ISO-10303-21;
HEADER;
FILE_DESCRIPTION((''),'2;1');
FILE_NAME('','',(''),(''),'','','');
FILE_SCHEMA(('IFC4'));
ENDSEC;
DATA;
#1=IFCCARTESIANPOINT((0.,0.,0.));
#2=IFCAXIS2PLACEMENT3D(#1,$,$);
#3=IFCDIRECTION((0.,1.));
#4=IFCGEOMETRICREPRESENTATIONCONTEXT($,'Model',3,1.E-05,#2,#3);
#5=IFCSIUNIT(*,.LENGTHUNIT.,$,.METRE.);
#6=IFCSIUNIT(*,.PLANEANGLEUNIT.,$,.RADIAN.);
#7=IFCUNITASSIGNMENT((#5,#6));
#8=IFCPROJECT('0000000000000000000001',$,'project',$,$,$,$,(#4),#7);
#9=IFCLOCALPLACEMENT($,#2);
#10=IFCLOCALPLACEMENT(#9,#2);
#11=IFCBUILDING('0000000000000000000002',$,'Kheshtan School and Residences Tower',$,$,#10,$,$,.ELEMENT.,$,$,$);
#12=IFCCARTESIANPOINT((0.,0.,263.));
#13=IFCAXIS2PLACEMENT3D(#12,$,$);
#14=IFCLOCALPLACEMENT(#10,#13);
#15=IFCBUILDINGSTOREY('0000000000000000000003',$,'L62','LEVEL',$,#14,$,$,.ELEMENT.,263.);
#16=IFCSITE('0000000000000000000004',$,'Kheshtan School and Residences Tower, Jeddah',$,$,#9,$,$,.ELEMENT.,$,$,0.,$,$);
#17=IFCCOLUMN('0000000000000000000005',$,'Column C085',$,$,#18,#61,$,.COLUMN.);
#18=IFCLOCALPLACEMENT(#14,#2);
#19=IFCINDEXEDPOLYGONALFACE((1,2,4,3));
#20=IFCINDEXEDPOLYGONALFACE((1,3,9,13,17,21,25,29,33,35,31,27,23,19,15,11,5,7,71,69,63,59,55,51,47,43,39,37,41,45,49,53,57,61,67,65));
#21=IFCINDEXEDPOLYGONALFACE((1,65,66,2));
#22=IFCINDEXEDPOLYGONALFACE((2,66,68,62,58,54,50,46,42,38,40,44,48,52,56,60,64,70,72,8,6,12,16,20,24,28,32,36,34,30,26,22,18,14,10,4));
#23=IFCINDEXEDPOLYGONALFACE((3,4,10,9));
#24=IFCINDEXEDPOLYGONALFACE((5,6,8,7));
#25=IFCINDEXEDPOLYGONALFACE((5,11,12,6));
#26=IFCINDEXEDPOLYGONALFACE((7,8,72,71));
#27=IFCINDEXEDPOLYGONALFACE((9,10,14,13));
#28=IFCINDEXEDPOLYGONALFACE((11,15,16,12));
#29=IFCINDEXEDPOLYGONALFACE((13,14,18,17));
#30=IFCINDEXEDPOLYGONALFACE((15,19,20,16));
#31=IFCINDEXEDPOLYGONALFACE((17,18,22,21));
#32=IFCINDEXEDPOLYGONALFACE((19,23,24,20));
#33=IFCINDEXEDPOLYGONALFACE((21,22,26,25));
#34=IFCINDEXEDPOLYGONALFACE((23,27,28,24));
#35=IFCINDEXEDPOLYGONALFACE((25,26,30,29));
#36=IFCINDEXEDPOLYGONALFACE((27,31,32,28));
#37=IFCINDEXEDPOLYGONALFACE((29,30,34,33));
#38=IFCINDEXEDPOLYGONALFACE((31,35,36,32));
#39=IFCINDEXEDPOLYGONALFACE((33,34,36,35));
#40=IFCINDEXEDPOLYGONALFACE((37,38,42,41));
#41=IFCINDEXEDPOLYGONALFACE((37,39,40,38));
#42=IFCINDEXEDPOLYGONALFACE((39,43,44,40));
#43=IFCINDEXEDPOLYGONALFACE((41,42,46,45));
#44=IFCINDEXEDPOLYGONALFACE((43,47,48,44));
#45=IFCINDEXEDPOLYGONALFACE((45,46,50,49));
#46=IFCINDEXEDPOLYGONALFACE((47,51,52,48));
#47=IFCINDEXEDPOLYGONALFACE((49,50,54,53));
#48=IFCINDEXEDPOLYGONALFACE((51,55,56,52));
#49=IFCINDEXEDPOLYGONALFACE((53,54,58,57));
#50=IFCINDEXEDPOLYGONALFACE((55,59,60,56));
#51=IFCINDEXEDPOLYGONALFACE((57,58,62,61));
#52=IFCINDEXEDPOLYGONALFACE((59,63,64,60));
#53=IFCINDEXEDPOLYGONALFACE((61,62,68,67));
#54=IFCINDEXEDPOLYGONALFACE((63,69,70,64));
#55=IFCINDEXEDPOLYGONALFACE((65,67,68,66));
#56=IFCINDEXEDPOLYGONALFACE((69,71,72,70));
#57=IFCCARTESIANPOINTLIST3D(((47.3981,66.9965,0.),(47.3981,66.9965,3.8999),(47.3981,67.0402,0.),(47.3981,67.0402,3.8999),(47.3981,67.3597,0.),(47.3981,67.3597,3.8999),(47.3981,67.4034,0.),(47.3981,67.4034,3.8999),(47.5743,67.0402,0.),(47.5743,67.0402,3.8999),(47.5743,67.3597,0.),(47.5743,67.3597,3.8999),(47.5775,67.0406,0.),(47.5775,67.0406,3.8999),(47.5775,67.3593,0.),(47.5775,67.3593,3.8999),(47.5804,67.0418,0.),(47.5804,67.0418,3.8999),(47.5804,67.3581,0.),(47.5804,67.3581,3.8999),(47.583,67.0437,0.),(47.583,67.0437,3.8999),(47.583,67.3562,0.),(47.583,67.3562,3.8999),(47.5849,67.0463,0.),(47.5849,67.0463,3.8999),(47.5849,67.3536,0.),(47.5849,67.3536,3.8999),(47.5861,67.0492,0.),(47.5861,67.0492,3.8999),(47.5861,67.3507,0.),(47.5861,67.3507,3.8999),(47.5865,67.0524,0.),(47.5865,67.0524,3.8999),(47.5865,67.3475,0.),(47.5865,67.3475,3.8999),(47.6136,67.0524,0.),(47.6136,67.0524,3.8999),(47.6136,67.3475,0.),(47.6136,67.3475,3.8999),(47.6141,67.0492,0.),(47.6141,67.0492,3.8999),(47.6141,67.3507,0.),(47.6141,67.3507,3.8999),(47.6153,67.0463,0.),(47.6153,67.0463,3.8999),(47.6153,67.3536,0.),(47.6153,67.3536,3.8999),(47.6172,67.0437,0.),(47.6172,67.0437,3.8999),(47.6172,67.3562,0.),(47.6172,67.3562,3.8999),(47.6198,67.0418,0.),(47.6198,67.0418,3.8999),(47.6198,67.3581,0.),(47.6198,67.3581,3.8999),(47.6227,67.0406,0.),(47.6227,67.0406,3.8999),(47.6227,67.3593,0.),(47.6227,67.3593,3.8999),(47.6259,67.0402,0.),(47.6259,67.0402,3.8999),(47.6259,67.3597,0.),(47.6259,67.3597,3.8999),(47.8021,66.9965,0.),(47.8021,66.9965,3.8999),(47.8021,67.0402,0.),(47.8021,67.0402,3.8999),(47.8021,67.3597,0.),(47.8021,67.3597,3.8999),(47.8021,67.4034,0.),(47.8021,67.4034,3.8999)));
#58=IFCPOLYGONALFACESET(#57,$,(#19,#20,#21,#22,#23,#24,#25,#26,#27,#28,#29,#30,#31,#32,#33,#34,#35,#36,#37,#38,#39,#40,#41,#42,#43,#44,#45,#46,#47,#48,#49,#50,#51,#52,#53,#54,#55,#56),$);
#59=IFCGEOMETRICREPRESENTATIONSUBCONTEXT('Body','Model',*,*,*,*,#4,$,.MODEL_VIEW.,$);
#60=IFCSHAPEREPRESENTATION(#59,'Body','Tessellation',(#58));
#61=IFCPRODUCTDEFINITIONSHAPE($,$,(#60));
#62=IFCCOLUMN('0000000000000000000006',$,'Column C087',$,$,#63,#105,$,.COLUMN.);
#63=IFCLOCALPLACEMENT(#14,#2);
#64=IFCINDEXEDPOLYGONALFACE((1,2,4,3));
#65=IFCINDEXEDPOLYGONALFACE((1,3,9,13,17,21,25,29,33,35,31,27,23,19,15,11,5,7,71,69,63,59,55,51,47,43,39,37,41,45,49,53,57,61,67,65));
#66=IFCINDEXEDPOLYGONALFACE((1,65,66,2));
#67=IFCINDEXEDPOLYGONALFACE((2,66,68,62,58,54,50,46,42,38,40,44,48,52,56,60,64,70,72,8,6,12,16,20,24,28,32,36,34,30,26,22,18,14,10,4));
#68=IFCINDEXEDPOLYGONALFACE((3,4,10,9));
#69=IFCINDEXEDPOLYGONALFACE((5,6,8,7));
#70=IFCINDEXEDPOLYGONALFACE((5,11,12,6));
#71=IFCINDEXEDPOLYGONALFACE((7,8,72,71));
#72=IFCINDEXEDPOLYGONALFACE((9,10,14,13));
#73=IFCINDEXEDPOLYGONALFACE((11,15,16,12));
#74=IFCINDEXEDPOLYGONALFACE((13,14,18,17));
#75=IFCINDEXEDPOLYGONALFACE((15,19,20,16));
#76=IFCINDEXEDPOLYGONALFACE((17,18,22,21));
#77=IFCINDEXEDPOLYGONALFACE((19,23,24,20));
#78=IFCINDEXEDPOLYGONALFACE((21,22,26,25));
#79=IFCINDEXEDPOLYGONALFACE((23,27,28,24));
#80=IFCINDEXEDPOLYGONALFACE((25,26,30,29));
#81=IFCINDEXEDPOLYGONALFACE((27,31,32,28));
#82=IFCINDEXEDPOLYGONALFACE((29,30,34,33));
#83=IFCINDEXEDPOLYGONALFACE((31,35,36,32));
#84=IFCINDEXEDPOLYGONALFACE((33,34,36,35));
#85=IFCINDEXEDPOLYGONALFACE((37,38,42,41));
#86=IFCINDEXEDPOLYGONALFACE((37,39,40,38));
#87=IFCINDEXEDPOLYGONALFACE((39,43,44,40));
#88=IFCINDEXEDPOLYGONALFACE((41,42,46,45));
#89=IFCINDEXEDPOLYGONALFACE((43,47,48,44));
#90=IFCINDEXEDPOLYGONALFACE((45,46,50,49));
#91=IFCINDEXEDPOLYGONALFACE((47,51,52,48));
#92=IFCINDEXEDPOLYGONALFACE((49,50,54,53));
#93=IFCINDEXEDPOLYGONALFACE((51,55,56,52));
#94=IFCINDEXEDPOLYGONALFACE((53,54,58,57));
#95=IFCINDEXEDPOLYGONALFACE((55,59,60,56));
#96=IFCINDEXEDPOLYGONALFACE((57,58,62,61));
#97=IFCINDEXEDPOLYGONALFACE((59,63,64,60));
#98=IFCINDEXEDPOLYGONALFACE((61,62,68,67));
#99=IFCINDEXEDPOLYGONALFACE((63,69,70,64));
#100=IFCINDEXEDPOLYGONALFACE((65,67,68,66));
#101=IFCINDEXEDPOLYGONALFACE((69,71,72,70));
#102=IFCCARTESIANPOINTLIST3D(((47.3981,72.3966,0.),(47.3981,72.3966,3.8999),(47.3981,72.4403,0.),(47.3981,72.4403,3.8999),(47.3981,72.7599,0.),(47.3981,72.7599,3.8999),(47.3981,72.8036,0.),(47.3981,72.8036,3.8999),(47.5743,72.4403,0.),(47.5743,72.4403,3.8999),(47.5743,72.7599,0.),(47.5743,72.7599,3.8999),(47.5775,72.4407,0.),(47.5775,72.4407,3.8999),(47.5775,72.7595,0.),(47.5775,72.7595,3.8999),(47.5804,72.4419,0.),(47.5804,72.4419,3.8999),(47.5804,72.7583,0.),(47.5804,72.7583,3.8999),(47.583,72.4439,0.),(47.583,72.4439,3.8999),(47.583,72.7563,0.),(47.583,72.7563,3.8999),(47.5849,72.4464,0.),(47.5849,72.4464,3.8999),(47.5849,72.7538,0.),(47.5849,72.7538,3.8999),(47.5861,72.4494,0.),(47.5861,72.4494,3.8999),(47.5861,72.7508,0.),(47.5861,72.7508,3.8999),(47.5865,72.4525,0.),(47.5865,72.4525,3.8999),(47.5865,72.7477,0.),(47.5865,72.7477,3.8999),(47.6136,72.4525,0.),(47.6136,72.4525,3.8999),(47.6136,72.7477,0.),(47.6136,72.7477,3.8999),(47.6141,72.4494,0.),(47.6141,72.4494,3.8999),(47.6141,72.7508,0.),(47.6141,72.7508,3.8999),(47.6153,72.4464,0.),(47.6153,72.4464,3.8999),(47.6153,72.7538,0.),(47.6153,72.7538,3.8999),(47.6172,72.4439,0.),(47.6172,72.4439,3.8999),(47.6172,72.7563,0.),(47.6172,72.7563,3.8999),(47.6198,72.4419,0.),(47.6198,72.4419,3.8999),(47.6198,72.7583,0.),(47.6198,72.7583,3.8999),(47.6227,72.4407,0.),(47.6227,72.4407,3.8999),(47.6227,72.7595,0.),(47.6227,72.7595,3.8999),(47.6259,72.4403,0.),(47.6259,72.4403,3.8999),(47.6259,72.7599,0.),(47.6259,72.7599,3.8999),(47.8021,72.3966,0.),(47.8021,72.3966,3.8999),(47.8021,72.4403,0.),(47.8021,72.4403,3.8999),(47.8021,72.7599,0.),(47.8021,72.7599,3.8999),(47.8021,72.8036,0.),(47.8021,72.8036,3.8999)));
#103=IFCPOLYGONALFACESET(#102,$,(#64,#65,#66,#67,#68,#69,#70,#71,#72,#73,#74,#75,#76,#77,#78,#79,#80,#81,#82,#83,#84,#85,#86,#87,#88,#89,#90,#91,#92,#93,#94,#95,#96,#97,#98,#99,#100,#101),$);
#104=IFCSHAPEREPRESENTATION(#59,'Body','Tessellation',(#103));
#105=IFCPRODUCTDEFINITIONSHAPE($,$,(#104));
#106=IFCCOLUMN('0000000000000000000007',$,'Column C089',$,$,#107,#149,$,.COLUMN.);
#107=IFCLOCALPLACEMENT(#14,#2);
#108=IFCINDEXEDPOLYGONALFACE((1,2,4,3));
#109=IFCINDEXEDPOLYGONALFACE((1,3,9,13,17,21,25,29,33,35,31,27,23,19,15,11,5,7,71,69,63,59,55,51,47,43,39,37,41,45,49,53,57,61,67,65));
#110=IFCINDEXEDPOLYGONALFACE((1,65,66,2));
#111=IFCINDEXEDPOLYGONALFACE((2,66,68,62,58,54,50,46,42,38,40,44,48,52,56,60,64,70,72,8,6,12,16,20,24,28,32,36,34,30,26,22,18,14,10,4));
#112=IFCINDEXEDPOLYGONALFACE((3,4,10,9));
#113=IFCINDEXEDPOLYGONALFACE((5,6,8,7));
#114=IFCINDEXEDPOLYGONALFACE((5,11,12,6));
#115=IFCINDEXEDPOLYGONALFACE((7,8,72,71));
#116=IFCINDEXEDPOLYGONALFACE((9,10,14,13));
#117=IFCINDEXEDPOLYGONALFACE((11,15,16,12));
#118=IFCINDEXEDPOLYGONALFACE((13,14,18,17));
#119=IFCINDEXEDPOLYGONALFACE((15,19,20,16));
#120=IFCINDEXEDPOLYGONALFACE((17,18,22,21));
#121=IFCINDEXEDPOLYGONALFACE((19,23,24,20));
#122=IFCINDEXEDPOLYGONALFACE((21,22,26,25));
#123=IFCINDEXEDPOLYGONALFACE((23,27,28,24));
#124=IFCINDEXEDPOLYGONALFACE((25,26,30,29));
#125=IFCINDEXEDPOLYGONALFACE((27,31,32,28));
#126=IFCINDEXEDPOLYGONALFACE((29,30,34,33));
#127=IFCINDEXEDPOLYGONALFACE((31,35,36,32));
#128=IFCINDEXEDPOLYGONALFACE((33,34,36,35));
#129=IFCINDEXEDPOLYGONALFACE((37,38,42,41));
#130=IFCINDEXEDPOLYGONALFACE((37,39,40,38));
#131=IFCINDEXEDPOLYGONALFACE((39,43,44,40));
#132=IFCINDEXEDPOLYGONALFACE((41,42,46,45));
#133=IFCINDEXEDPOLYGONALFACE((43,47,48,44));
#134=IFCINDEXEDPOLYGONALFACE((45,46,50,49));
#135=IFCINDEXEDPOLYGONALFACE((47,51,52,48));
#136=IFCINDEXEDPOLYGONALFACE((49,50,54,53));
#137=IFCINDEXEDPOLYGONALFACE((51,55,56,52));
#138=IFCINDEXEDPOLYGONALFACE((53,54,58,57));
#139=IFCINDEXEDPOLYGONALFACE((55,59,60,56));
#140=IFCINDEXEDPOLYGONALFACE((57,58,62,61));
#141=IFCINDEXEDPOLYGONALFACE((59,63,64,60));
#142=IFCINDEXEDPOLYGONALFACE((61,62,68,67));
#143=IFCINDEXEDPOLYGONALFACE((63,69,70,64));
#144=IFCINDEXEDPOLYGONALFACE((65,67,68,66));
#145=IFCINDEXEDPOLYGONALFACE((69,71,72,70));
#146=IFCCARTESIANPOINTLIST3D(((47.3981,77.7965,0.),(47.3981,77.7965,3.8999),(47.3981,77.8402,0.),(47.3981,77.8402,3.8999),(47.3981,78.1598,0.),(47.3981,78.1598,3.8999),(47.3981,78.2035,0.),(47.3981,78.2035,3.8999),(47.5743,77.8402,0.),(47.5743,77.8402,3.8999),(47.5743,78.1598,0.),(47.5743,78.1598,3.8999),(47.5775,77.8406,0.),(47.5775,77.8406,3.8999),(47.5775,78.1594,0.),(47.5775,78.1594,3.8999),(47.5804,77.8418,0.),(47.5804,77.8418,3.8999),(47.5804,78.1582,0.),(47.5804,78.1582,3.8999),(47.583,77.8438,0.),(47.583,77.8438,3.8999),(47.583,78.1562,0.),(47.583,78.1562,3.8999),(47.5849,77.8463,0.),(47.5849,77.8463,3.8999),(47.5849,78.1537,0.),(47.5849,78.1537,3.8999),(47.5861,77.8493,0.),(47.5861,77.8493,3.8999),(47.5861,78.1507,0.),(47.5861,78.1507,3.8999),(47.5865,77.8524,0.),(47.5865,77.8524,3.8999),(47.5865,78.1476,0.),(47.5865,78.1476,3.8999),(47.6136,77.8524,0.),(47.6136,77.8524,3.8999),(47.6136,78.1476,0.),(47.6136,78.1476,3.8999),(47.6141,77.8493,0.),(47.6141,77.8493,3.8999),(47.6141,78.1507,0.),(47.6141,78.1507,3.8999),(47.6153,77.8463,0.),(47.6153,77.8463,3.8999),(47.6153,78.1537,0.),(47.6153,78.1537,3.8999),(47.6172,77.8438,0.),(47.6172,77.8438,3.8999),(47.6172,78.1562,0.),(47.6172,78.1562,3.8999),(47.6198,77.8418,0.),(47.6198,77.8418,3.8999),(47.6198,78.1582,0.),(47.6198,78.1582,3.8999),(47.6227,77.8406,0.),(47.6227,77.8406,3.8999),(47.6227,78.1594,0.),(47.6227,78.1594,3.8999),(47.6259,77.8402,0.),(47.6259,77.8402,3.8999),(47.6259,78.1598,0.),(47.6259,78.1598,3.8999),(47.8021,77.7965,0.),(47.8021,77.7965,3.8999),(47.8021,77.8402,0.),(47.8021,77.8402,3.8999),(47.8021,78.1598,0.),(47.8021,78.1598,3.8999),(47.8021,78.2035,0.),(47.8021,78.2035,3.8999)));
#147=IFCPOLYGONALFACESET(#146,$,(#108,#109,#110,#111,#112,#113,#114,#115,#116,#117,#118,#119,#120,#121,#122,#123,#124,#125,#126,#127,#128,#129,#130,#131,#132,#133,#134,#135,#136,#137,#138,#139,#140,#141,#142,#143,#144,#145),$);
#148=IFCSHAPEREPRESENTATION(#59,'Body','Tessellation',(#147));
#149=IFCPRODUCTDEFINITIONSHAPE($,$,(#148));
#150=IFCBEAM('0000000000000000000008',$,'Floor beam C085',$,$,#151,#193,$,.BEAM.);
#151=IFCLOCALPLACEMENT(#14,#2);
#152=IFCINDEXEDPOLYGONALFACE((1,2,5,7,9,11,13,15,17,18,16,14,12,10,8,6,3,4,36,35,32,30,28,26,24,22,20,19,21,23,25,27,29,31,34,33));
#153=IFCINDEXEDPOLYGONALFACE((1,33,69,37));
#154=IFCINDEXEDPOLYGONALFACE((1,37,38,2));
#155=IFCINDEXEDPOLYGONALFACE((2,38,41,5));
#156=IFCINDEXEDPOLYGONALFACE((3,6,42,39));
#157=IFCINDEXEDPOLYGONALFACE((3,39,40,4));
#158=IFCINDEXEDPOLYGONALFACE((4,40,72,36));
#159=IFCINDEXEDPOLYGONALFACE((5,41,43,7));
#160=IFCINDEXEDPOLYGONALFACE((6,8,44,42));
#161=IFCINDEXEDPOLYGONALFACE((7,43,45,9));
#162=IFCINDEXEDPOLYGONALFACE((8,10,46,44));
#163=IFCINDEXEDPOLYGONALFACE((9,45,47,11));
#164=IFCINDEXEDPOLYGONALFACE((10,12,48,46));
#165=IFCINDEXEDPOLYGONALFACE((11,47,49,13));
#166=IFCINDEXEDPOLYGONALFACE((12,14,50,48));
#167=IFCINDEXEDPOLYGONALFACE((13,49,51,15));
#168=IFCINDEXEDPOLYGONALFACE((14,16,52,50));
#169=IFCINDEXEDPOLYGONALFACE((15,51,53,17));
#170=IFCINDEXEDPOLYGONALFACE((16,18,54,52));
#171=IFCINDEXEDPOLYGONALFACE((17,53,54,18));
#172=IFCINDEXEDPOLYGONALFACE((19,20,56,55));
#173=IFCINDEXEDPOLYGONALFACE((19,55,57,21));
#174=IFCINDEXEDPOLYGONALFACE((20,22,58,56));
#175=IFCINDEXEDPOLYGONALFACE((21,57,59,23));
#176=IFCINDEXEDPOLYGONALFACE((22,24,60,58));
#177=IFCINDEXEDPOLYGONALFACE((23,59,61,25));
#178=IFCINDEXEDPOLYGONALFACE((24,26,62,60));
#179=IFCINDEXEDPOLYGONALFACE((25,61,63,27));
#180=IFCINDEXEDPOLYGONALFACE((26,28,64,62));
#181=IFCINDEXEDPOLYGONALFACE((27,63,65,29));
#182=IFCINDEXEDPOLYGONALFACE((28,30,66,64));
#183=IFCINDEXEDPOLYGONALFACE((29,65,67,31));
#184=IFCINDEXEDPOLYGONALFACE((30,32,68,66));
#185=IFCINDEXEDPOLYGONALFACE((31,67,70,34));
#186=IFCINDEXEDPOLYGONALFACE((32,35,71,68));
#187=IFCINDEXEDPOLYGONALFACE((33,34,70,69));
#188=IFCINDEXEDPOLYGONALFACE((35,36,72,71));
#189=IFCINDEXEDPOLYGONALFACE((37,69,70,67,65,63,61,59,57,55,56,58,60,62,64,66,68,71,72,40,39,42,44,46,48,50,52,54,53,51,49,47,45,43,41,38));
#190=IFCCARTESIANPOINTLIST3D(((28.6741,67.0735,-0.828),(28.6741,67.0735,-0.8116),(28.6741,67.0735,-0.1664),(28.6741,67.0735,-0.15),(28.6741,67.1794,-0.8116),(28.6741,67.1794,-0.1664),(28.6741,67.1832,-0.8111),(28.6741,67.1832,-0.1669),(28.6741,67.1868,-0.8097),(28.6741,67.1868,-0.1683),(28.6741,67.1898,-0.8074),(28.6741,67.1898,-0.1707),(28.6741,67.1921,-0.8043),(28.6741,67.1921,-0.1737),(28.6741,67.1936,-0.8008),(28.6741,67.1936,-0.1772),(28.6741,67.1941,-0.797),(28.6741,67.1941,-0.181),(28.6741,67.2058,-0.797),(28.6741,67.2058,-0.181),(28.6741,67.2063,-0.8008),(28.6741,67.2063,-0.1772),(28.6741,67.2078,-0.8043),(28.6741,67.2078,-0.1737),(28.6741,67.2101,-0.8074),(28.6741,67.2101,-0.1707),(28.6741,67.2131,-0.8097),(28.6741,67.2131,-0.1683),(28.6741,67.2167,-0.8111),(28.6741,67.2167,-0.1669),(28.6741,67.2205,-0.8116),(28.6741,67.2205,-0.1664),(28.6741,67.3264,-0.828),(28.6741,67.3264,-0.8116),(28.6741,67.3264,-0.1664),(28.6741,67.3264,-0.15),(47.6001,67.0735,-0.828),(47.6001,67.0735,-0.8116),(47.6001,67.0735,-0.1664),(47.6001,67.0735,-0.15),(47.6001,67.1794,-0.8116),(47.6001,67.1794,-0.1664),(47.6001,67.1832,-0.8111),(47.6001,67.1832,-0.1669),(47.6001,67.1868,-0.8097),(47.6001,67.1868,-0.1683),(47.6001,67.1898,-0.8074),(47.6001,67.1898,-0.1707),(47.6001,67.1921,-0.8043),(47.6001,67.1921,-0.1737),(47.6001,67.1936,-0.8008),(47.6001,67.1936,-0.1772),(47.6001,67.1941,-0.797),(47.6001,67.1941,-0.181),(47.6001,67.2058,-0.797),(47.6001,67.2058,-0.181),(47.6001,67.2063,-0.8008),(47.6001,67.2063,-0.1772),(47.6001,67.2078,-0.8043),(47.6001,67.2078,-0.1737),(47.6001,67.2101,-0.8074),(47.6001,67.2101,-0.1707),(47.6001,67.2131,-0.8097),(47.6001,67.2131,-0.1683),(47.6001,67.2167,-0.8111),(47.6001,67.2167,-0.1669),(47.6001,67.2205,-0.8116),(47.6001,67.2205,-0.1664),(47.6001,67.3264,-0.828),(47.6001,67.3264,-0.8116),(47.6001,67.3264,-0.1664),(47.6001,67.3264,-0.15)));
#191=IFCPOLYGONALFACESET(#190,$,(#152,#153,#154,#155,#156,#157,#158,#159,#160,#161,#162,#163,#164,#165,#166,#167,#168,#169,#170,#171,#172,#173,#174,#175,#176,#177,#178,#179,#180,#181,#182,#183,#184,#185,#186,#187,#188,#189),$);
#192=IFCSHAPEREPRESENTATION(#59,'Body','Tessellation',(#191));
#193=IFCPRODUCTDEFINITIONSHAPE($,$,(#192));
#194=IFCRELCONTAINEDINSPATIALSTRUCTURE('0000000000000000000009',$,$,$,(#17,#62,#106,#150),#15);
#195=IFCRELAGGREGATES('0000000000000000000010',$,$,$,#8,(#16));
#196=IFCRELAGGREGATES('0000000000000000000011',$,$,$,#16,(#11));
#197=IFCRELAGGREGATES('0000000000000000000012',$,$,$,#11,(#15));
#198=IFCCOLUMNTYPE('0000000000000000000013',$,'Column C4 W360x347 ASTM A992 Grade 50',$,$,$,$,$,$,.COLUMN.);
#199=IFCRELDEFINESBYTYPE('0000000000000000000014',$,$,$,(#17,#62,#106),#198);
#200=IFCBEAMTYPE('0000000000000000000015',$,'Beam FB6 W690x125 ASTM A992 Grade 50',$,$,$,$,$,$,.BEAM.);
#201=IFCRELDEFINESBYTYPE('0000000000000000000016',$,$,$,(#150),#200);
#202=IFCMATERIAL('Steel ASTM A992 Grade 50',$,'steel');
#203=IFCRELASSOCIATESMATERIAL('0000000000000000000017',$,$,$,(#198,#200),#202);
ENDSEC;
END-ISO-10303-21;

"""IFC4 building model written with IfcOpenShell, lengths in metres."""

from ifc_helpers import new_model, si_unit, direction, frame, origin, origin_2d, place, context, subcontext, project, spatial, i_section, extrude, material, material_profile, profile_set, type_object, element, save


model = new_model("IFC4")

# Units and contexts
model_context = context("Model", 3, precision=1e-05, world=origin(), true_north=direction((0.0, 1.0)))
body_context = subcontext(model_context, "Body", "Model", "MODEL_VIEW")
ifc_project = project(units=[si_unit("LENGTHUNIT", "METRE"), si_unit("PLANEANGLEUNIT", "RADIAN")], contexts=[model_context])

# Site, building, storey
site_placement = place(None, origin())
site = spatial("IfcSite", under=ifc_project, at=site_placement, Name="Kheshtan School and Residences Tower, Jeddah", CompositionType="ELEMENT", RefElevation=0.0)
building_placement = place(site_placement, origin())
building = spatial("IfcBuilding", under=site, at=building_placement, Name="Kheshtan School and Residences Tower", CompositionType="ELEMENT")
storey_placement = place(building_placement, frame((0.0, 0.0, 263.0)))
storey = spatial("IfcBuildingStorey", under=building, at=storey_placement, Name="L62", Description="LEVEL", CompositionType="ELEMENT", Elevation=263.0)

# Columns
ifc_material_1 = material(Name="Steel ASTM A992 Grade 50", Category="steel")
ifc_material_profile_1 = material_profile(ifc_material_1, i_section(OverallWidth=0.4041, OverallDepth=0.407, WebThickness=0.0271, FlangeThickness=0.0437, FilletRadius=0.0122, at=origin_2d()), Name="W360x347")
ifc_profile_set_1 = profile_set([ifc_material_profile_1], Name="Steel ASTM A992 Grade 50")
column_type = type_object("IfcColumnType", Name="Column C4 W360x347 ASTM A992 Grade 50", PredefinedType="COLUMN", material=ifc_profile_set_1)
for number, where, z_axis, x_axis, name in (
    (1, (47.6001, 67.2, 0.0), (0.0, 0.0, 1.0), (1.0, 0.0, 0.0), "Column C085"),
    (2, (47.6001, 72.6001, 0.0), (0.0, 0.0, 1.0), (1.0, 0.0, 0.0), "Column C087"),
    (3, (47.6001, 78.0, 0.0), (0.0, 0.0, 1.0), (1.0, 0.0, 0.0), "Column C089"),
):
    element("IfcColumn", number, at=place(storey_placement, frame(where, z_axis=z_axis, x_axis=x_axis)), inside=storey, type_object=column_type, Name=name, PredefinedType="COLUMN", context=body_context, shape_type="SweptSolid", body=[
        extrude(i_section(OverallWidth=0.4041, OverallDepth=0.407, WebThickness=0.0271, FlangeThickness=0.0437, FilletRadius=0.0122, at=origin_2d()), origin(), (0.0, 0.0, 1.0), 3.8999),
    ])

# Beam
ifc_material_profile_2 = material_profile(ifc_material_1, i_section(OverallWidth=0.2529, OverallDepth=0.678, WebThickness=0.0117, FlangeThickness=0.0164, FilletRadius=0.0146, at=origin_2d()), Name="W690x125")
ifc_profile_set_2 = profile_set([ifc_material_profile_2], Name="Steel ASTM A992 Grade 50")
beam_type_1 = type_object("IfcBeamType", Name="Beam FB6 W690x125 ASTM A992 Grade 50", PredefinedType="BEAM", material=ifc_profile_set_2)
beam_1_placement = place(storey_placement, frame((47.6001, 67.2, -0.489), z_axis=(-1.0, 0.0, 0.0), x_axis=(0.0, -1.0, 0.0)))
element("IfcBeam", 4, at=beam_1_placement, inside=storey, type_object=beam_type_1, Name="Floor beam C085", PredefinedType="BEAM", context=body_context, shape_type="SweptSolid", body=[
    extrude(i_section(OverallWidth=0.2529, OverallDepth=0.678, WebThickness=0.0117, FlangeThickness=0.0164, FilletRadius=0.0146, at=origin_2d()), origin(), (0.0, 0.0, 1.0), 18.926),
])

save(model, "model.ifc")
